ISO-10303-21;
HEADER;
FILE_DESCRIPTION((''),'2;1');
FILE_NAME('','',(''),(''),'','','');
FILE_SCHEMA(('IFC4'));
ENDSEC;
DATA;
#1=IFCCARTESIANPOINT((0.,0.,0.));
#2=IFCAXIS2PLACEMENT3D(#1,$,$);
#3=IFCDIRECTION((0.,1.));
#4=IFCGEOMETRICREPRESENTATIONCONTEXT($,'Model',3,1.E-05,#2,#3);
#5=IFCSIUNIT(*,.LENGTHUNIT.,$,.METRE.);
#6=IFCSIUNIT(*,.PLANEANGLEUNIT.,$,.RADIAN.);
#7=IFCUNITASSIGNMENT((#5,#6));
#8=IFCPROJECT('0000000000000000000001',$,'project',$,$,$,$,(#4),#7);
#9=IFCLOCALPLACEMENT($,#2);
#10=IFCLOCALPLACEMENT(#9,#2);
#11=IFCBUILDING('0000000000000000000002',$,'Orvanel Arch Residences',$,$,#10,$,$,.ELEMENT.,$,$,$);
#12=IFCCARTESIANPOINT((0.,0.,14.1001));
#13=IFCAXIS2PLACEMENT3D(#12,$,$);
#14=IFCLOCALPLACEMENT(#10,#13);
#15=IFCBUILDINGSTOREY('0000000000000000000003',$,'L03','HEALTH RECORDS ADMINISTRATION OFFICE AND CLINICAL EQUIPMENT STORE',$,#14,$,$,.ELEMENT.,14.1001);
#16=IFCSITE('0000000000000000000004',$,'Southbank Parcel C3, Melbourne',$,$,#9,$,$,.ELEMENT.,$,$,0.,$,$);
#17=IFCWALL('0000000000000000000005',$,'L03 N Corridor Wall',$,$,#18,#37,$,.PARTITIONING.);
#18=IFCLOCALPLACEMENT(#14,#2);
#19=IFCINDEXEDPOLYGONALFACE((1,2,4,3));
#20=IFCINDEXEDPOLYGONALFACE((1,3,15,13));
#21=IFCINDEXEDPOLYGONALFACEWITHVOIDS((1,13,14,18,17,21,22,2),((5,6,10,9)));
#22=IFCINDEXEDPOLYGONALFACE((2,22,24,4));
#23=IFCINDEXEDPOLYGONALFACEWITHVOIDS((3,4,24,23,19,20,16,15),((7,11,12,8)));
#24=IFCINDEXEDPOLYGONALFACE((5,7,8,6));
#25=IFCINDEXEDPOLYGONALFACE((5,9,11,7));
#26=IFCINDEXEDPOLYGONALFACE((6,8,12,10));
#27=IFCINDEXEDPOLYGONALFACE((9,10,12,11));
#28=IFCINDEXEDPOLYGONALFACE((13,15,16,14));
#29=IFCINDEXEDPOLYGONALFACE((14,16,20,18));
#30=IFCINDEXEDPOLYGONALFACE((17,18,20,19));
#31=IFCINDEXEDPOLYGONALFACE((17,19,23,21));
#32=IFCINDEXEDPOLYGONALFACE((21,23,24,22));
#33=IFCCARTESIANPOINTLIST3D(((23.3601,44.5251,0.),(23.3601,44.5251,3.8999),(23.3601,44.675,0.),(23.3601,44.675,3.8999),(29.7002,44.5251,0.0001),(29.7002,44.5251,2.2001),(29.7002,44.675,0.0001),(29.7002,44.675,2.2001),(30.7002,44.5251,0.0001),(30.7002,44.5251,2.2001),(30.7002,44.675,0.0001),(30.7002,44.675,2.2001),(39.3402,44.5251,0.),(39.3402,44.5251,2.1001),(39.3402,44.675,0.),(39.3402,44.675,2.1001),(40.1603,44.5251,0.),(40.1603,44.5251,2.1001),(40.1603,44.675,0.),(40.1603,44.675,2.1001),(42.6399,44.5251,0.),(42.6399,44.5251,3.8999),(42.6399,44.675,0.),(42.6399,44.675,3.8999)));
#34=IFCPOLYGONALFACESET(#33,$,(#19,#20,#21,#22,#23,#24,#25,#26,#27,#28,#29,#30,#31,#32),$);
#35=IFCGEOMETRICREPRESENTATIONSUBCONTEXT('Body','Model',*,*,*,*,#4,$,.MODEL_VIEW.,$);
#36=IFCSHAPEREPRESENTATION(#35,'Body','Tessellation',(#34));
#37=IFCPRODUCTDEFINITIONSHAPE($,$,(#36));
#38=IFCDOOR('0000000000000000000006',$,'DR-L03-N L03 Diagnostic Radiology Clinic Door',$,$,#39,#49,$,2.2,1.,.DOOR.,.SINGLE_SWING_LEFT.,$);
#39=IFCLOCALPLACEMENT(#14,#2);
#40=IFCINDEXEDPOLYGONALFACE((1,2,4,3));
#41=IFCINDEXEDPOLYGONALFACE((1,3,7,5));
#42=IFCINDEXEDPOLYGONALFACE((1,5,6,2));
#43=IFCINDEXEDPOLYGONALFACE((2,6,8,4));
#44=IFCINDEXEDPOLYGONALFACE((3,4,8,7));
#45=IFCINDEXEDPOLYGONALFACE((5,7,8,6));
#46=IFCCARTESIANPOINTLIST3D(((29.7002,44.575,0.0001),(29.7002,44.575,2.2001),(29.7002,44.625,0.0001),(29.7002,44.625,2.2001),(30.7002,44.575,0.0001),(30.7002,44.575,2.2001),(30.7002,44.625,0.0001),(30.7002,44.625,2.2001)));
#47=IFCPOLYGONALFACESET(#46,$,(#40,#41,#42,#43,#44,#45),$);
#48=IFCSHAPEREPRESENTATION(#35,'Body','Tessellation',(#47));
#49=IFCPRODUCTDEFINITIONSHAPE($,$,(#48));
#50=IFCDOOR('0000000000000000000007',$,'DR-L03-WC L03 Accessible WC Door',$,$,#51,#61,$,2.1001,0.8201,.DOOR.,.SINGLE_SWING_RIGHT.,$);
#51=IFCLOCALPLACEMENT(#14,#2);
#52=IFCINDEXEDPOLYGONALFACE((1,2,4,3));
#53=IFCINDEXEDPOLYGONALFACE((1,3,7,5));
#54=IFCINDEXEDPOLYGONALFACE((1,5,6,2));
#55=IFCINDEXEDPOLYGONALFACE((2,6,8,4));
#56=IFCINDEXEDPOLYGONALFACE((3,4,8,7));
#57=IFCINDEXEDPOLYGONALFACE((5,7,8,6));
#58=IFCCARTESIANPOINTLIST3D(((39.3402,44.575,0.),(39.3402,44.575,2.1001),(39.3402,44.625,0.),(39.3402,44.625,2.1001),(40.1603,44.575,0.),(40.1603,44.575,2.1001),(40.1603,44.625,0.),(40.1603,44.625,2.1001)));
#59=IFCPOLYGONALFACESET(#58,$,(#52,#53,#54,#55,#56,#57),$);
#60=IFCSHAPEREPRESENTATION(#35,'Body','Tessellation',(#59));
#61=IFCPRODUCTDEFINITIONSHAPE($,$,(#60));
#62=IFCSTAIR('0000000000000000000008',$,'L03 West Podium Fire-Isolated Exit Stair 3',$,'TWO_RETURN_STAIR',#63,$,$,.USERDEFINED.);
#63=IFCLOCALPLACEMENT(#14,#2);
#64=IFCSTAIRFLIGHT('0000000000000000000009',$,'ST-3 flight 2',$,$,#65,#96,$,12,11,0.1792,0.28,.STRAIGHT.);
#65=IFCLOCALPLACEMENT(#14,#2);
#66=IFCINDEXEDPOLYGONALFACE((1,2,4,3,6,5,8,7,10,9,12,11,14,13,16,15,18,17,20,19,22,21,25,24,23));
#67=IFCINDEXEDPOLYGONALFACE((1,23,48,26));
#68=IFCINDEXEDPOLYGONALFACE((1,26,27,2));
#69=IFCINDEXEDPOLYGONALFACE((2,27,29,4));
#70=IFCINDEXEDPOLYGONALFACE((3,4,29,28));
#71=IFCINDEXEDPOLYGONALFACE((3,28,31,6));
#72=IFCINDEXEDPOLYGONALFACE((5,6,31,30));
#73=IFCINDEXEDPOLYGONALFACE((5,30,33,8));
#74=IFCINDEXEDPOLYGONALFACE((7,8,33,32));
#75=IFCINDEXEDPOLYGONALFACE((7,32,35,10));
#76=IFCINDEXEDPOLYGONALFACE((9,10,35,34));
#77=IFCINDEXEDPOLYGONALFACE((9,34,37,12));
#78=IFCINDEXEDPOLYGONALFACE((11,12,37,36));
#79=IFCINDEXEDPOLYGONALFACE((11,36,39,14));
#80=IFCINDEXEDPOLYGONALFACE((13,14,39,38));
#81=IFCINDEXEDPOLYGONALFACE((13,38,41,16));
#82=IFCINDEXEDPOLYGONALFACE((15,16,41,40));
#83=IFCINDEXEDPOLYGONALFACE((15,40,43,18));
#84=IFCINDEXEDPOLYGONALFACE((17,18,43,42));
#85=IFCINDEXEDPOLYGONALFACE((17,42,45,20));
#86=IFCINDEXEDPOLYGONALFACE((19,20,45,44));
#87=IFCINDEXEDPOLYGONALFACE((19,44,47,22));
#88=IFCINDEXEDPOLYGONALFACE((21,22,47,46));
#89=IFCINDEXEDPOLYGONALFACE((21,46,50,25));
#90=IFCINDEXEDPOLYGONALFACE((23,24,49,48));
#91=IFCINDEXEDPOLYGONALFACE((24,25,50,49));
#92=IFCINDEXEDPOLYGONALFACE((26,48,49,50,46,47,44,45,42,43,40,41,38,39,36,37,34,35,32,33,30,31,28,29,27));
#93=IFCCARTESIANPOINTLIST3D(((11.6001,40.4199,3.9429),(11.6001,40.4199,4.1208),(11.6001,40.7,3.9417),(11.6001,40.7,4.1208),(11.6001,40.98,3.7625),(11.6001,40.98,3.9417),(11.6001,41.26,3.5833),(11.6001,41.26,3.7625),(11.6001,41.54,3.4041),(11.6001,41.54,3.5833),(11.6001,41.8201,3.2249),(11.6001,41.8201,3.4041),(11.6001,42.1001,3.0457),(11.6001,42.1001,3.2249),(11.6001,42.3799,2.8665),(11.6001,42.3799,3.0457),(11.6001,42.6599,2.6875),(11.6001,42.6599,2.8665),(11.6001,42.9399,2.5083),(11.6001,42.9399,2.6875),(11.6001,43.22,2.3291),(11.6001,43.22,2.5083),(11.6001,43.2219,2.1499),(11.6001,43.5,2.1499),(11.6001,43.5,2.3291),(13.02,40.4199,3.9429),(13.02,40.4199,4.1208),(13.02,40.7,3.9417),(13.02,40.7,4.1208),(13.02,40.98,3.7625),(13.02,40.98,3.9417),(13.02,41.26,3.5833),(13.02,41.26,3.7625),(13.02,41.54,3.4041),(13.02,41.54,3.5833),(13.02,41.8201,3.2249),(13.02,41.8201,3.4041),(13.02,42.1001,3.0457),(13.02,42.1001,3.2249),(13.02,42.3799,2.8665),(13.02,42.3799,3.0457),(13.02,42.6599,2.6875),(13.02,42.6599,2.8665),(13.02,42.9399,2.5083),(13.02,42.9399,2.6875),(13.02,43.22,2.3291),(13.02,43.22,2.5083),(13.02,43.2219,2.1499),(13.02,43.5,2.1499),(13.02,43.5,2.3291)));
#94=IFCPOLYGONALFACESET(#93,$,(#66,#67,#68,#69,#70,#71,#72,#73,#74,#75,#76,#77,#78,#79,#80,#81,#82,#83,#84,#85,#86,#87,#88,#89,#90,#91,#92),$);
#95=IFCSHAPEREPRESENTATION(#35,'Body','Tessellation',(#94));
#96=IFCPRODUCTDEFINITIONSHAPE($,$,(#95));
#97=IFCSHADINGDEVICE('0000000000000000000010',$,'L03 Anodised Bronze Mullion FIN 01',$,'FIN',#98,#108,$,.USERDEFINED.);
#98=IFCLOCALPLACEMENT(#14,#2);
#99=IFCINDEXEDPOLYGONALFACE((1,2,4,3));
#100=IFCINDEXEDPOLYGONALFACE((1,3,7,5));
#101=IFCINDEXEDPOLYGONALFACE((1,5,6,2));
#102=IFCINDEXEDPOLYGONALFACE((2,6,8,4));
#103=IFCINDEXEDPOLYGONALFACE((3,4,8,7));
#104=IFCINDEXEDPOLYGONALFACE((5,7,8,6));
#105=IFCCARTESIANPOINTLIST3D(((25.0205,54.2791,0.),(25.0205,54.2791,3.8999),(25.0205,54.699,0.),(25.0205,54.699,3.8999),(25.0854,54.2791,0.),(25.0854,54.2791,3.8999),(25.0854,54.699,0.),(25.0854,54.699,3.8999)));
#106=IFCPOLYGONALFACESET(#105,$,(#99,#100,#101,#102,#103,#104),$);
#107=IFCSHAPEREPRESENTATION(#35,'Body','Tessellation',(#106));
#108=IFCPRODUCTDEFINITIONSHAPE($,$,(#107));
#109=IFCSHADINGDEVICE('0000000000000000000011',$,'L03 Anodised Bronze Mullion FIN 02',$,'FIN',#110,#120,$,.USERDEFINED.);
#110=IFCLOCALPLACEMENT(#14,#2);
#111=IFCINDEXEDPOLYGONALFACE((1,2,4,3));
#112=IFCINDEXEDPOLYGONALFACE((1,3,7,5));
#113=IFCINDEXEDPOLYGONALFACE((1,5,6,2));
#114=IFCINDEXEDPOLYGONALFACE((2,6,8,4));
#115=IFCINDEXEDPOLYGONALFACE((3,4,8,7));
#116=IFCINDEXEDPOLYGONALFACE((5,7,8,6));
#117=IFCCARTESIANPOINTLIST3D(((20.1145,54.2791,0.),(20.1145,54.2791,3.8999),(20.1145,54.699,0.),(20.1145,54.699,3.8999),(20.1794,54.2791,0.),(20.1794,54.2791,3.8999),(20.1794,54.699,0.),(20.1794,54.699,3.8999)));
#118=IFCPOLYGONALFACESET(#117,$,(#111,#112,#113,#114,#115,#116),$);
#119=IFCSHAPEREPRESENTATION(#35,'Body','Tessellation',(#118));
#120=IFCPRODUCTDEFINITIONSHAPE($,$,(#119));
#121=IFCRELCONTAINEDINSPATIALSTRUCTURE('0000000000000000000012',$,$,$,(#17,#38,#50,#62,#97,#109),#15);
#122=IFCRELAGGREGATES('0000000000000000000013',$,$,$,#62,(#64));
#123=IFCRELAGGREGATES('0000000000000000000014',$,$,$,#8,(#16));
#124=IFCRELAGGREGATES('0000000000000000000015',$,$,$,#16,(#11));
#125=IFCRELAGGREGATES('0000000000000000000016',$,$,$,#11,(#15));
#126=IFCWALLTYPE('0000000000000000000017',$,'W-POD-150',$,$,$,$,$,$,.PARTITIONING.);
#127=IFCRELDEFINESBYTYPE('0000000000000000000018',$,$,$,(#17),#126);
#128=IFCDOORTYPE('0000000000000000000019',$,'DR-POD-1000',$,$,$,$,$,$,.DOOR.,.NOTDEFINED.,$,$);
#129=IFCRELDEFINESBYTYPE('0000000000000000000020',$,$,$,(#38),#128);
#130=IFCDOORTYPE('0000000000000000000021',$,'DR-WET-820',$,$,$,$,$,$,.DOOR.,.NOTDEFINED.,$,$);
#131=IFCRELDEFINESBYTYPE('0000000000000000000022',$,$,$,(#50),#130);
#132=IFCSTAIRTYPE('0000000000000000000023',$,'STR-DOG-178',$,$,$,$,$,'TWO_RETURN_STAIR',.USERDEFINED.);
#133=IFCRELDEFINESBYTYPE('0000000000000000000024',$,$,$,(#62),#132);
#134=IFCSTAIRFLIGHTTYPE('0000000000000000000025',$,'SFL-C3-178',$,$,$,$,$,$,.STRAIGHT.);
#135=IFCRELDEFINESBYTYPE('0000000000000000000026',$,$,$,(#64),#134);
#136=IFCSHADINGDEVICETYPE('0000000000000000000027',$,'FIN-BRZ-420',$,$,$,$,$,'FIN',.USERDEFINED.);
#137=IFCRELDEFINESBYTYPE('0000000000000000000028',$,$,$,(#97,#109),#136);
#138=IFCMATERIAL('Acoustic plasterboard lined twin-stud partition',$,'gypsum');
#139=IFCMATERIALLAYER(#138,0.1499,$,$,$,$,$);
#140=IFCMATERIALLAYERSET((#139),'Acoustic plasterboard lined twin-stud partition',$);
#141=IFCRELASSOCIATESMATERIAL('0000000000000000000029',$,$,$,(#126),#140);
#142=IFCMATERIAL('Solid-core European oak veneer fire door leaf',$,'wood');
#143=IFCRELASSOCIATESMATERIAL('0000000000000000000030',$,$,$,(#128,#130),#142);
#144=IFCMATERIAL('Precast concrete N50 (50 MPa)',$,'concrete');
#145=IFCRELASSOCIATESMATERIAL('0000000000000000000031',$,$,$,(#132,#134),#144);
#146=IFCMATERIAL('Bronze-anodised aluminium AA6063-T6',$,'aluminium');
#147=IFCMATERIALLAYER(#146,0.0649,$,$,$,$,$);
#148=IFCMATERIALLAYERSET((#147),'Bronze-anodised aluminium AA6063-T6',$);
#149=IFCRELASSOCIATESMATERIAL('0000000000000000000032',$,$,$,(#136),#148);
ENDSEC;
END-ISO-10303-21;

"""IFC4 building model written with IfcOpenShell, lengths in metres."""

from ifc_helpers import new_model, si_unit, direction, frame, frame_2d, origin, origin_2d, place, context, subcontext, project, spatial, polyline, rectangle, outline, extrude, material, layer, layer_set, type_object, element, fill, aggregate, save


model = new_model("IFC4")

# Units and contexts
model_context = context("Model", 3, precision=1e-05, world=origin(), true_north=direction((0.0, 1.0)))
body_context = subcontext(model_context, "Body", "Model", "MODEL_VIEW")
ifc_project = project(units=[si_unit("LENGTHUNIT", "METRE"), si_unit("PLANEANGLEUNIT", "RADIAN")], contexts=[model_context])

# Site, building, storey
site_placement = place(None, origin())
site = spatial("IfcSite", under=ifc_project, at=site_placement, Name="Southbank Parcel C3, Melbourne", CompositionType="ELEMENT", RefElevation=0.0)
building_placement = place(site_placement, origin())
building = spatial("IfcBuilding", under=site, at=building_placement, Name="Orvanel Arch Residences", CompositionType="ELEMENT")
storey_placement = place(building_placement, frame((0.0, 0.0, 14.1001)))
storey = spatial("IfcBuildingStorey", under=building, at=storey_placement, Name="L03", Description="HEALTH RECORDS ADMINISTRATION OFFICE AND CLINICAL EQUIPMENT STORE", CompositionType="ELEMENT", Elevation=14.1001)

# Shared definitions
ifc_material_1 = material(Name="Bronze-anodised aluminium AA6063-T6", Category="aluminium")

# Wall, openings, doors
ifc_material_2 = material(Name="Acoustic plasterboard lined twin-stud partition", Category="gypsum")
ifc_layer_1 = layer(ifc_material_2, 0.1499)
ifc_layer_set_1 = layer_set([ifc_layer_1], Name="Acoustic plasterboard lined twin-stud partition")
wall_type = type_object("IfcWallType", Name="W-POD-150", PredefinedType="PARTITIONING", material=ifc_layer_set_1)
wall_placement = place(storey_placement, frame((23.3601, 44.6001, 0.0), z_axis=(0.0, 0.0, 1.0), x_axis=(1.0, 0.0, 0.0)))
wall = element("IfcWall", 1, at=wall_placement, inside=storey, type_object=wall_type, Name="L03 N Corridor Wall", PredefinedType="PARTITIONING", context=body_context, shape_type="SweptSolid", body=[
    extrude(rectangle(XDim=19.2798, YDim=0.1499, at=frame_2d((9.6399, 0.0))), origin(), (0.0, 0.0, 1.0), 3.8999),
])
opening_1_placement = place(wall_placement, frame((6.3401, 0.0, 0.0)))
opening_1 = element("IfcOpeningElement", 2, at=opening_1_placement, cuts=wall, PredefinedType="OPENING", context=body_context, shape_type="SweptSolid", body=[
    extrude(rectangle(XDim=1.0, YDim=2.2, at=frame_2d((0.5, 1.1001))), frame((0.0, 0.085, 0.0), z_axis=(0.0, -1.0, 0.0), x_axis=(1.0, 0.0, 0.0)), (0.0, 0.0, 1.0), 0.1699),
])
opening_2_placement = place(wall_placement, frame((15.98, 0.0, 0.0)))
opening_2 = element("IfcOpeningElement", 3, at=opening_2_placement, cuts=wall, PredefinedType="OPENING", context=body_context, shape_type="SweptSolid", body=[
    extrude(rectangle(XDim=0.8201, YDim=2.1001, at=frame_2d((0.4102, 1.05))), frame((0.0, 0.085, 0.0), z_axis=(0.0, -1.0, 0.0), x_axis=(1.0, 0.0, 0.0)), (0.0, 0.0, 1.0), 0.1699),
])
ifc_material_3 = material(Name="Solid-core European oak veneer fire door leaf", Category="wood")
door_type_1 = type_object("IfcDoorType", Name="DR-POD-1000", OperationType="NOTDEFINED", PredefinedType="DOOR", material=ifc_material_3)
door_1_placement = place(opening_1_placement, origin())
door_1 = element("IfcDoor", 4, at=door_1_placement, inside=storey, type_object=door_type_1, Name="DR-L03-N L03 Diagnostic Radiology Clinic Door", OperationType="SINGLE_SWING_LEFT", OverallHeight=2.2, OverallWidth=1.0, PredefinedType="DOOR", context=body_context, shape_type="SweptSolid", body=[
    extrude(rectangle(XDim=1.0, YDim=2.2, at=frame_2d((0.5, 1.1001))), frame((0.0, 0.0249, 0.0), z_axis=(0.0, -1.0, 0.0), x_axis=(1.0, 0.0, 0.0)), (0.0, 0.0, 1.0), 0.05),
])
fill(opening_1, door_1)
door_type_2 = type_object("IfcDoorType", Name="DR-WET-820", OperationType="NOTDEFINED", PredefinedType="DOOR", material=ifc_material_3)
door_2_placement = place(opening_2_placement, origin())
door_2 = element("IfcDoor", 5, at=door_2_placement, inside=storey, type_object=door_type_2, Name="DR-L03-WC L03 Accessible WC Door", OperationType="SINGLE_SWING_RIGHT", OverallHeight=2.1001, OverallWidth=0.8201, PredefinedType="DOOR", context=body_context, shape_type="SweptSolid", body=[
    extrude(rectangle(XDim=0.8201, YDim=2.1001, at=frame_2d((0.4102, 1.05))), frame((0.0, 0.0249, 0.0), z_axis=(0.0, -1.0, 0.0), x_axis=(1.0, 0.0, 0.0)), (0.0, 0.0, 1.0), 0.05),
])
fill(opening_2, door_2)

# Stair, stair flight
ifc_material_4 = material(Name="Precast concrete N50 (50 MPa)", Category="concrete")
stair_type = type_object("IfcStairType", Name="STR-DOG-178", ElementType="TWO_RETURN_STAIR", PredefinedType="USERDEFINED", material=ifc_material_4)
stair_placement = place(storey_placement, origin())
stair = element("IfcStair", 6, at=stair_placement, inside=storey, type_object=stair_type, Name="L03 West Podium Fire-Isolated Exit Stair 3", ObjectType="TWO_RETURN_STAIR", PredefinedType="USERDEFINED")
stair_flight_type = type_object("IfcStairFlightType", Name="SFL-C3-178", PredefinedType="STRAIGHT", material=ifc_material_4)
stair_flight_placement = place(storey_placement, frame((12.3101, 43.5, 2.1499), z_axis=(0.0, 0.0, 1.0), x_axis=(0.0, -1.0, 0.0)))
stair_flight = element("IfcStairFlight", 7, at=stair_flight_placement, type_object=stair_flight_type, Name="ST-3 flight 2", NumberOfRisers=12, NumberOfTreads=11, PredefinedType="STRAIGHT", RiserHeight=0.1792, TreadLength=0.28, context=body_context, shape_type="SweptSolid", body=[
    extrude(outline(polyline([(0.0, 0.0), (0.0, 0.1792), (0.28, 0.1792), (0.28, 0.3584), (0.5601, 0.3584), (0.5601, 0.5376), (0.8401, 0.5376), (0.8401, 0.7166), (1.1201, 0.7166), (1.1201, 0.8958), (1.3999, 0.8958), (1.3999, 1.075), (1.6799, 1.075), (1.6799, 1.2542), (1.96, 1.2542), (1.96, 1.4333), (2.24, 1.4333), (2.24, 1.6125), (2.52, 1.6125), (2.52, 1.7917), (2.8, 1.7917), (2.8, 1.9709), (3.0801, 1.9709), (3.0801, 2.1499), (3.0801, 1.793), (0.2781, 0.0), (0.0, 0.0)])), frame((0.0, 0.71, 0.0), z_axis=(0.0, -1.0, 0.0), x_axis=(1.0, 0.0, 0.0)), (0.0, 0.0, 1.0), 1.4199),
])
aggregate(stair, [stair_flight])

# Shading devices
ifc_layer_2 = layer(ifc_material_1, 0.0649)
ifc_layer_set_2 = layer_set([ifc_layer_2], Name="Bronze-anodised aluminium AA6063-T6")
shading_device_type = type_object("IfcShadingDeviceType", Name="FIN-BRZ-420", ElementType="FIN", PredefinedType="USERDEFINED", material=ifc_layer_set_2)
for number, where, z_axis, x_axis, name in (
    (8, (25.053, 54.489, 0.0), (0.0, 0.0, 1.0), (0.0, 1.0, 0.0), "L03 Anodised Bronze Mullion FIN 01"),
    (9, (20.147, 54.489, 0.0), (0.0, 0.0, 1.0), (0.0, 1.0, 0.0), "L03 Anodised Bronze Mullion FIN 02"),
):
    element("IfcShadingDevice", number, at=place(storey_placement, frame(where, z_axis=z_axis, x_axis=x_axis)), inside=storey, type_object=shading_device_type, Name=name, ObjectType="FIN", PredefinedType="USERDEFINED", context=body_context, shape_type="SweptSolid", body=[
        extrude(rectangle(XDim=0.4199, YDim=0.0649, at=origin_2d()), origin(), (0.0, 0.0, 1.0), 3.8999),
    ])

save(model, "model.ifc")
